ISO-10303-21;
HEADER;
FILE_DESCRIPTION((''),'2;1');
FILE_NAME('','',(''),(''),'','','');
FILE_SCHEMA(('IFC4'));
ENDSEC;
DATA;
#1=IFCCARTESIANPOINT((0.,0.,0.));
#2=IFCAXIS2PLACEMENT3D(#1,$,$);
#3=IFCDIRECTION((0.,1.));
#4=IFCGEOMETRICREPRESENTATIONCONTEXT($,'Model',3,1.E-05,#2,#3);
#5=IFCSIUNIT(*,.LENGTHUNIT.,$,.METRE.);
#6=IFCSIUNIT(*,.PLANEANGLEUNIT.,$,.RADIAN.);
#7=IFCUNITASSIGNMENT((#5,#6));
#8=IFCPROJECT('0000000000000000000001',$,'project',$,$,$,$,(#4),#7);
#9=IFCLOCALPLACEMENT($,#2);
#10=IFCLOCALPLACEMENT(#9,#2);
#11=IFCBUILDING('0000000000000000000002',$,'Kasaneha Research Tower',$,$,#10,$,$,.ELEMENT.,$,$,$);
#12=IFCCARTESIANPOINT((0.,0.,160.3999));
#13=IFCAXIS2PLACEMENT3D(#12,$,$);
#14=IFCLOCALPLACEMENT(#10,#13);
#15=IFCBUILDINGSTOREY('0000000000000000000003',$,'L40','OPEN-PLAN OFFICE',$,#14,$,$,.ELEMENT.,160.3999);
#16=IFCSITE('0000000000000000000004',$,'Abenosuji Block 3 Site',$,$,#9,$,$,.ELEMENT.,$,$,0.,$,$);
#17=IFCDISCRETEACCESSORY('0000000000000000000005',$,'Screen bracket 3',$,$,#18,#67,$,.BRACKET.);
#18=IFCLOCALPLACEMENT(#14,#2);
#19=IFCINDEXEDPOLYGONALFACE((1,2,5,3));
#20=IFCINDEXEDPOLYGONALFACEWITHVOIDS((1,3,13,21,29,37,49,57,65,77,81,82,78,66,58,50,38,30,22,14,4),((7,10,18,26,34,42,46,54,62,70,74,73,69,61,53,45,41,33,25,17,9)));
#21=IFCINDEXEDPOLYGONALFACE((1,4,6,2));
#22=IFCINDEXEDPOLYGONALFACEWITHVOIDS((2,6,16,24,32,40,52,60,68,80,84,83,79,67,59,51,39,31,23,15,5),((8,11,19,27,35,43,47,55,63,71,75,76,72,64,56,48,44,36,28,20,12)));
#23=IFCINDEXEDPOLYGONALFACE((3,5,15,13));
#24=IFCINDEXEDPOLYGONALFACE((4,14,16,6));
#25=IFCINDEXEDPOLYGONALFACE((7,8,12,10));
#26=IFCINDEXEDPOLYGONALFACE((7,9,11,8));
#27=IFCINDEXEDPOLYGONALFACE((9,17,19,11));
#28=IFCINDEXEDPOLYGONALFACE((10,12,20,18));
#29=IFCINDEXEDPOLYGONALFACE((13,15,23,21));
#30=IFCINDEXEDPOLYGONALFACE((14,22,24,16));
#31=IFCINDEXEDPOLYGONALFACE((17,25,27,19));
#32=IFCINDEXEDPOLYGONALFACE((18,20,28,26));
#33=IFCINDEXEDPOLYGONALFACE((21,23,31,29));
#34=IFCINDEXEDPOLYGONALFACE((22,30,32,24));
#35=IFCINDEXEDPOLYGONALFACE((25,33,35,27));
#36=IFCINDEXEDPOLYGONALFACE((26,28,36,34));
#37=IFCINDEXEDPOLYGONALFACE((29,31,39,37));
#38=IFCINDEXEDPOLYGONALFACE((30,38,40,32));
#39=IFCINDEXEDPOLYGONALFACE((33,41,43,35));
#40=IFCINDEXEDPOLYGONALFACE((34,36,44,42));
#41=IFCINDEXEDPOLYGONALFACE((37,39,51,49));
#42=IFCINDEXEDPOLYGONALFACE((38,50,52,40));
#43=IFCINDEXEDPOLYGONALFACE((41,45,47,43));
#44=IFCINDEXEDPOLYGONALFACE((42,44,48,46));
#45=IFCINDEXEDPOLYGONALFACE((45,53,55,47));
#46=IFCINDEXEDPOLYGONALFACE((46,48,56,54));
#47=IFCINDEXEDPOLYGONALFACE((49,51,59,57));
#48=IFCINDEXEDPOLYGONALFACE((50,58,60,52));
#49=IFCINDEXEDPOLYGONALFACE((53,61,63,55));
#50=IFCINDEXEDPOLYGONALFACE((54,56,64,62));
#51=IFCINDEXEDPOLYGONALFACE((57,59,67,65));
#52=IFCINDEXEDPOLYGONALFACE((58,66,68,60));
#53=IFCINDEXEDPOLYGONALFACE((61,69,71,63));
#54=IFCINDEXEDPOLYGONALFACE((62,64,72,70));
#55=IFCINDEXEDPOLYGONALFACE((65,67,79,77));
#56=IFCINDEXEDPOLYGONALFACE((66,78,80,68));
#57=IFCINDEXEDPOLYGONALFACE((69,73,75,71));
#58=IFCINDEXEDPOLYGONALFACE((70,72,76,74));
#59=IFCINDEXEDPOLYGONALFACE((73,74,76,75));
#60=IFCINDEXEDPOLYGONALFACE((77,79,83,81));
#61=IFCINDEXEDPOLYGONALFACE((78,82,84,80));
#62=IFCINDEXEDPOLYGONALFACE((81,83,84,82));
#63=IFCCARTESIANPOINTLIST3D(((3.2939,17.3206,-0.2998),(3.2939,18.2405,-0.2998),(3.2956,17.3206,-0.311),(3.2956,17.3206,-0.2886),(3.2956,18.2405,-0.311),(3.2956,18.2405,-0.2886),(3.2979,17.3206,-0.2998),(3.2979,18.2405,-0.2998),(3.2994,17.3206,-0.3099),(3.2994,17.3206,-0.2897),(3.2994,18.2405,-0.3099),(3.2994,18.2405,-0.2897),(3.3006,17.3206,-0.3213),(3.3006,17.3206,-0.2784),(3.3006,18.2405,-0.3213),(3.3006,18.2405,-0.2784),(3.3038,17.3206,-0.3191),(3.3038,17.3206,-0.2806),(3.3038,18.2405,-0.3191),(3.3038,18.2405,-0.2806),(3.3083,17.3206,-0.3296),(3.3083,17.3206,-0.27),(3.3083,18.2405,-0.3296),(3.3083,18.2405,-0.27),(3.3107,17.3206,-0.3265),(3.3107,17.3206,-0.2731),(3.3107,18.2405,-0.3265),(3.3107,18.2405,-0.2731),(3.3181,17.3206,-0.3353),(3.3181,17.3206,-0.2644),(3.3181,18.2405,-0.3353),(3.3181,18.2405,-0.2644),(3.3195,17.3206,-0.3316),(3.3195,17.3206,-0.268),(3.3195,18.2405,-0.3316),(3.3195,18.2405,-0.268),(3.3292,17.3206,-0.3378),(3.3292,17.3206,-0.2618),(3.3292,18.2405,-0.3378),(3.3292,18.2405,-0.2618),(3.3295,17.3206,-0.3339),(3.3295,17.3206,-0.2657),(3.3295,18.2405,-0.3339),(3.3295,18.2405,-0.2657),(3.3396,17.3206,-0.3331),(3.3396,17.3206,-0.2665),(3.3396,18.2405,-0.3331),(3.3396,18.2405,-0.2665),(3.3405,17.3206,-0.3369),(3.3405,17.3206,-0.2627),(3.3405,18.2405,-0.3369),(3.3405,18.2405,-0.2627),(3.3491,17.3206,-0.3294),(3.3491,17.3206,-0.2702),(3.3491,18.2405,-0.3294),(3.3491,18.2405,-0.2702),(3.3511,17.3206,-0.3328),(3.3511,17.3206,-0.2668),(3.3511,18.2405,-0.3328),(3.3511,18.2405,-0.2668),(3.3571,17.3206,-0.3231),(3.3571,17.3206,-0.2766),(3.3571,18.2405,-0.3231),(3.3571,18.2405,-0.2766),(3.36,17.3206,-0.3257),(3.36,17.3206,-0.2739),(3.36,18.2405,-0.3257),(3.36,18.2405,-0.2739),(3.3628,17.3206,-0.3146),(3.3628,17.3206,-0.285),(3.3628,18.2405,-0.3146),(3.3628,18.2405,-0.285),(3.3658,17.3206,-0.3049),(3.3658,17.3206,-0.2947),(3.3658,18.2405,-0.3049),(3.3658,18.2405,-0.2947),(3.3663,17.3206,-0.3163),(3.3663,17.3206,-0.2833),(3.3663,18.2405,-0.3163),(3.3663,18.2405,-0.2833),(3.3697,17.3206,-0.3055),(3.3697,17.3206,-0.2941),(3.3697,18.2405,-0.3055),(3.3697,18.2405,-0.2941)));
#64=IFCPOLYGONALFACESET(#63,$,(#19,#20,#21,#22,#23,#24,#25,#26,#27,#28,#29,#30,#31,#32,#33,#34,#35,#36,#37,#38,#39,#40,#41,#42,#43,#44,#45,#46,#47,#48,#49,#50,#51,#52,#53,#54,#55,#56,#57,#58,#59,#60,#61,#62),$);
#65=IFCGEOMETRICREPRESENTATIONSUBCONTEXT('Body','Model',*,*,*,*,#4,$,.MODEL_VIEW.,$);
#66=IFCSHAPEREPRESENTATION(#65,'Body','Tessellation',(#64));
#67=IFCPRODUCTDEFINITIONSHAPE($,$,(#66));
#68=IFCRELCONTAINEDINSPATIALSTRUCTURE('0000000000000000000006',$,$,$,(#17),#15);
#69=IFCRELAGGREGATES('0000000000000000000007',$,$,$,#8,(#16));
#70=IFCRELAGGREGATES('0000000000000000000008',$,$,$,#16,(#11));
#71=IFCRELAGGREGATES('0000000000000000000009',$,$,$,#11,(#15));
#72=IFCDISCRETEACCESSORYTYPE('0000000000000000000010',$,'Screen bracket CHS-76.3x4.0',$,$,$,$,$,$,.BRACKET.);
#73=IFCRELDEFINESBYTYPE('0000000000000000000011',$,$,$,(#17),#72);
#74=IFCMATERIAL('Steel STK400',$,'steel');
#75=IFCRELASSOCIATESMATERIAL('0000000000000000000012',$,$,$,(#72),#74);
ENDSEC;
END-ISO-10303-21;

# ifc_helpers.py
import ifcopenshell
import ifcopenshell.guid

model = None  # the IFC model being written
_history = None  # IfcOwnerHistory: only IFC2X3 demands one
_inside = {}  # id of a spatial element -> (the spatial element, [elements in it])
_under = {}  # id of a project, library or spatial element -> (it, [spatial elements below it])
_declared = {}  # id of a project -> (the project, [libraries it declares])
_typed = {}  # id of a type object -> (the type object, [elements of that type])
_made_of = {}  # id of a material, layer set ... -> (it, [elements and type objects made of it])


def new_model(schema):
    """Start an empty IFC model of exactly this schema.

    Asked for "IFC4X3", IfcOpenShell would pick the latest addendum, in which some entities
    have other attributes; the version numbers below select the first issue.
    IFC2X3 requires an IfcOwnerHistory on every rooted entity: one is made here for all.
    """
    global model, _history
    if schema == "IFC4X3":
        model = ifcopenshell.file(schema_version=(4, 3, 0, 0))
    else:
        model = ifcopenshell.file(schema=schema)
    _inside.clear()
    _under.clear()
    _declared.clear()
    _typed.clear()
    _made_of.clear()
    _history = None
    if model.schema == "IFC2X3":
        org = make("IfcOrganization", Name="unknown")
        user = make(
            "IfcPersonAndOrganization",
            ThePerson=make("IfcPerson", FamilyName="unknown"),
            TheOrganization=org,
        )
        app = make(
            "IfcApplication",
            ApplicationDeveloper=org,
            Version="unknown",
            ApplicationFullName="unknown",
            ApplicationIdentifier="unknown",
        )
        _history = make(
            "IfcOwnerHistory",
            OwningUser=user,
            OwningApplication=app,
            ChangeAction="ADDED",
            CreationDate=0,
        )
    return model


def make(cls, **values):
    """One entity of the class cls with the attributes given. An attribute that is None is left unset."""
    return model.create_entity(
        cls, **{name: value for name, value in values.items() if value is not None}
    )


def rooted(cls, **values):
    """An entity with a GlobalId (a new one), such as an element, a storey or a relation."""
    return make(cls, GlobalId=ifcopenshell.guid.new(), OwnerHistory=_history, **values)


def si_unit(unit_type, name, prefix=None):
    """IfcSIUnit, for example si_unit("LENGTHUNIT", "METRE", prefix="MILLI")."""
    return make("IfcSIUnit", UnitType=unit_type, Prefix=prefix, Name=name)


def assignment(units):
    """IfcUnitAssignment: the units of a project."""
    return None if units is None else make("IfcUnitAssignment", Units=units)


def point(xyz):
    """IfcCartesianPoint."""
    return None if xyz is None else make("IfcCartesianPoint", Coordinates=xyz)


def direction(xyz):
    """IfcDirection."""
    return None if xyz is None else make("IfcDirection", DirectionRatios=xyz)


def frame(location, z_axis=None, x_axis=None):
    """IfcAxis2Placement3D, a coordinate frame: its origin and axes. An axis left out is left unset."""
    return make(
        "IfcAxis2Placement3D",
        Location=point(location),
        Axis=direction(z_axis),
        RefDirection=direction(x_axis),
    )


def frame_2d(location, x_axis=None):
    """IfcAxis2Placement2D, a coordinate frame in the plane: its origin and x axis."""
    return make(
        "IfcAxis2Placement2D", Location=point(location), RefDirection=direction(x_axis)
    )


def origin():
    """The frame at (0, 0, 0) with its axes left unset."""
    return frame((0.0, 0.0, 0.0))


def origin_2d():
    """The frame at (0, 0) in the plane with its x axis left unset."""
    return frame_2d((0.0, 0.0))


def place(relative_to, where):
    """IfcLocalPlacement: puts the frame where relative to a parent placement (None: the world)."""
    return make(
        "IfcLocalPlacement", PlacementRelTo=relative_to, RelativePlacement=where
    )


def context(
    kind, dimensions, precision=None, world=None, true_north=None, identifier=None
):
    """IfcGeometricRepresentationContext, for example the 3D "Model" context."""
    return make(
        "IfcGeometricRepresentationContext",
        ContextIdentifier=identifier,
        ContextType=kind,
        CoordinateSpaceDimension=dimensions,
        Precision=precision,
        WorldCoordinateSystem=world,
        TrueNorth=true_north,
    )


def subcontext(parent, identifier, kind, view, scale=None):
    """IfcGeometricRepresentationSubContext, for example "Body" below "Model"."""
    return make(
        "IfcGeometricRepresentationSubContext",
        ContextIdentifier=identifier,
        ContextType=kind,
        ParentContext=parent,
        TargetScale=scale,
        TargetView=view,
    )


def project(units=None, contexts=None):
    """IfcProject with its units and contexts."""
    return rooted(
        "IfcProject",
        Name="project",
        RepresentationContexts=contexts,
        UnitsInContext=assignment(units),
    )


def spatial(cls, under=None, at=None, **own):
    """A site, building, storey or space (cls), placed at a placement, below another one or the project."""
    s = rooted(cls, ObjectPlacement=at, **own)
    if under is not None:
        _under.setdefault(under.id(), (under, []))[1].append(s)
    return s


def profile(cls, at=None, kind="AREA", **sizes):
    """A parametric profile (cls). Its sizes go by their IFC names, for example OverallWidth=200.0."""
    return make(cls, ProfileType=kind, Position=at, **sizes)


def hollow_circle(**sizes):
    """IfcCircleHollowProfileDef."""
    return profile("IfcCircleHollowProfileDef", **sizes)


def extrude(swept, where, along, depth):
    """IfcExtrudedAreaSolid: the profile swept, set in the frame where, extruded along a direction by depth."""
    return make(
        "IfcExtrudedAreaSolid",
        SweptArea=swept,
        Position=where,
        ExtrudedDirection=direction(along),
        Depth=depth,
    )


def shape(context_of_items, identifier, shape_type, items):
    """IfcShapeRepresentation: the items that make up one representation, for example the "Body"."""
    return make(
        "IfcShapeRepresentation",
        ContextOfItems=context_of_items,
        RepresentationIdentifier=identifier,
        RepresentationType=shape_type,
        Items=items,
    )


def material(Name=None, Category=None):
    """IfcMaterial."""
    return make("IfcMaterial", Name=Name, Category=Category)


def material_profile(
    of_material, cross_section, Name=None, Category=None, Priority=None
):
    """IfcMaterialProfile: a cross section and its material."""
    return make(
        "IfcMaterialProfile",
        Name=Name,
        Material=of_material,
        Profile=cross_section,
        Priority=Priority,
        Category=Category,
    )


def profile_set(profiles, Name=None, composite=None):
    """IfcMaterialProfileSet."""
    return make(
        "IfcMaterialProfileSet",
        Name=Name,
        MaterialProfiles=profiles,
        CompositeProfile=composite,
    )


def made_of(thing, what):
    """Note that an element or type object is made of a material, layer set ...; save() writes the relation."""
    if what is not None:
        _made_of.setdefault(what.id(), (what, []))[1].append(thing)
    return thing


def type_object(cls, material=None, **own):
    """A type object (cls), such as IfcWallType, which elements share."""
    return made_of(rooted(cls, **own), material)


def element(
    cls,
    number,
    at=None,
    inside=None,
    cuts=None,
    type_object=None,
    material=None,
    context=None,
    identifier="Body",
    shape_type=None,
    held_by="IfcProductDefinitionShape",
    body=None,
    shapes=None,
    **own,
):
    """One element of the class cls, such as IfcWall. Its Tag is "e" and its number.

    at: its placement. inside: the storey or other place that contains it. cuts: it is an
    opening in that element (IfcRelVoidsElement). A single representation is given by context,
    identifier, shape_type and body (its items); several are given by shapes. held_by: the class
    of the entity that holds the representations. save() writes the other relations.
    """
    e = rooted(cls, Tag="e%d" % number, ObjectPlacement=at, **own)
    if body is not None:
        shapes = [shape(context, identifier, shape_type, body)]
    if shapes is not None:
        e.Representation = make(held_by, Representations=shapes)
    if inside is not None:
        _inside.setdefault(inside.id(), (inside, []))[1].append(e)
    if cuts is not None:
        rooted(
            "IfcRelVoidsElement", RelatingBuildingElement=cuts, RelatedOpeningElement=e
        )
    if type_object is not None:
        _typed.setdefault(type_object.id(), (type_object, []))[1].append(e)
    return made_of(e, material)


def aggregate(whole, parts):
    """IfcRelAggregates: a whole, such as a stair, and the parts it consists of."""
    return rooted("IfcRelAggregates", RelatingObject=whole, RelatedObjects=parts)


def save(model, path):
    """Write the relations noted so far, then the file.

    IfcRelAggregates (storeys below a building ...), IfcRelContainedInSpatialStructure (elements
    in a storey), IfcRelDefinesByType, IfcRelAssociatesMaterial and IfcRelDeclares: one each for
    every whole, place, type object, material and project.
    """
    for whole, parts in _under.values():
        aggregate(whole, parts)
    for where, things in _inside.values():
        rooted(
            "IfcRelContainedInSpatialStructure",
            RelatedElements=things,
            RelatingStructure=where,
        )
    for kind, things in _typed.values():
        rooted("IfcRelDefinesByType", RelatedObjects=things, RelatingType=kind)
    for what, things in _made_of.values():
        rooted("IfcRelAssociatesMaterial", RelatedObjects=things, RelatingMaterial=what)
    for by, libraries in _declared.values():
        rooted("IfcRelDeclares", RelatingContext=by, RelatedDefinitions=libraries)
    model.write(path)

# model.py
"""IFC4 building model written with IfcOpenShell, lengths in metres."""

from ifc_helpers import new_model, si_unit, direction, frame, origin, origin_2d, place, context, subcontext, project, spatial, hollow_circle, extrude, material, material_profile, profile_set, type_object, element, save


model = new_model("IFC4")

# Units and contexts
model_context = context("Model", 3, precision=1e-05, world=origin(), true_north=direction((0.0, 1.0)))
body_context = subcontext(model_context, "Body", "Model", "MODEL_VIEW")
ifc_project = project(units=[si_unit("LENGTHUNIT", "METRE"), si_unit("PLANEANGLEUNIT", "RADIAN")], contexts=[model_context])

# Site, building, storey
site_placement = place(None, origin())
site = spatial("IfcSite", under=ifc_project, at=site_placement, Name="Abenosuji Block 3 Site", CompositionType="ELEMENT", RefElevation=0.0)
building_placement = place(site_placement, origin())
building = spatial("IfcBuilding", under=site, at=building_placement, Name="Kasaneha Research Tower", CompositionType="ELEMENT")
storey_placement = place(building_placement, frame((0.0, 0.0, 160.3999)))
storey = spatial("IfcBuildingStorey", under=building, at=storey_placement, Name="L40", Description="OPEN-PLAN OFFICE", CompositionType="ELEMENT", Elevation=160.3999)

# Discrete accessory
ifc_material_1 = material(Name="Steel STK400", Category="steel")
ifc_material_profile_1 = material_profile(ifc_material_1, hollow_circle(Radius=0.0381, WallThickness=0.0039, at=origin_2d()), Name="CHS-76.3x4.0")
ifc_profile_set_1 = profile_set([ifc_material_profile_1], Name="Steel STK400")
discrete_accessory_type = type_object("IfcDiscreteAccessoryType", Name="Screen bracket CHS-76.3x4.0", PredefinedType="BRACKET", material=ifc_profile_set_1)
for number, where, z_axis, x_axis, name in (
    (1, (3.332, 17.3206, -0.2998), (0.0, 1.0, 0.0), (-1.0, 0.0, 0.0), "Screen bracket 3"),
):
    element("IfcDiscreteAccessory", number, at=place(storey_placement, frame(where, z_axis=z_axis, x_axis=x_axis)), inside=storey, type_object=discrete_accessory_type, Name=name, PredefinedType="BRACKET", context=body_context, shape_type="SweptSolid", body=[
        extrude(hollow_circle(Radius=0.0381, WallThickness=0.0039, at=origin_2d()), origin(), (0.0, 0.0, 1.0), 0.9199),
    ])

save(model, "model.ifc")
